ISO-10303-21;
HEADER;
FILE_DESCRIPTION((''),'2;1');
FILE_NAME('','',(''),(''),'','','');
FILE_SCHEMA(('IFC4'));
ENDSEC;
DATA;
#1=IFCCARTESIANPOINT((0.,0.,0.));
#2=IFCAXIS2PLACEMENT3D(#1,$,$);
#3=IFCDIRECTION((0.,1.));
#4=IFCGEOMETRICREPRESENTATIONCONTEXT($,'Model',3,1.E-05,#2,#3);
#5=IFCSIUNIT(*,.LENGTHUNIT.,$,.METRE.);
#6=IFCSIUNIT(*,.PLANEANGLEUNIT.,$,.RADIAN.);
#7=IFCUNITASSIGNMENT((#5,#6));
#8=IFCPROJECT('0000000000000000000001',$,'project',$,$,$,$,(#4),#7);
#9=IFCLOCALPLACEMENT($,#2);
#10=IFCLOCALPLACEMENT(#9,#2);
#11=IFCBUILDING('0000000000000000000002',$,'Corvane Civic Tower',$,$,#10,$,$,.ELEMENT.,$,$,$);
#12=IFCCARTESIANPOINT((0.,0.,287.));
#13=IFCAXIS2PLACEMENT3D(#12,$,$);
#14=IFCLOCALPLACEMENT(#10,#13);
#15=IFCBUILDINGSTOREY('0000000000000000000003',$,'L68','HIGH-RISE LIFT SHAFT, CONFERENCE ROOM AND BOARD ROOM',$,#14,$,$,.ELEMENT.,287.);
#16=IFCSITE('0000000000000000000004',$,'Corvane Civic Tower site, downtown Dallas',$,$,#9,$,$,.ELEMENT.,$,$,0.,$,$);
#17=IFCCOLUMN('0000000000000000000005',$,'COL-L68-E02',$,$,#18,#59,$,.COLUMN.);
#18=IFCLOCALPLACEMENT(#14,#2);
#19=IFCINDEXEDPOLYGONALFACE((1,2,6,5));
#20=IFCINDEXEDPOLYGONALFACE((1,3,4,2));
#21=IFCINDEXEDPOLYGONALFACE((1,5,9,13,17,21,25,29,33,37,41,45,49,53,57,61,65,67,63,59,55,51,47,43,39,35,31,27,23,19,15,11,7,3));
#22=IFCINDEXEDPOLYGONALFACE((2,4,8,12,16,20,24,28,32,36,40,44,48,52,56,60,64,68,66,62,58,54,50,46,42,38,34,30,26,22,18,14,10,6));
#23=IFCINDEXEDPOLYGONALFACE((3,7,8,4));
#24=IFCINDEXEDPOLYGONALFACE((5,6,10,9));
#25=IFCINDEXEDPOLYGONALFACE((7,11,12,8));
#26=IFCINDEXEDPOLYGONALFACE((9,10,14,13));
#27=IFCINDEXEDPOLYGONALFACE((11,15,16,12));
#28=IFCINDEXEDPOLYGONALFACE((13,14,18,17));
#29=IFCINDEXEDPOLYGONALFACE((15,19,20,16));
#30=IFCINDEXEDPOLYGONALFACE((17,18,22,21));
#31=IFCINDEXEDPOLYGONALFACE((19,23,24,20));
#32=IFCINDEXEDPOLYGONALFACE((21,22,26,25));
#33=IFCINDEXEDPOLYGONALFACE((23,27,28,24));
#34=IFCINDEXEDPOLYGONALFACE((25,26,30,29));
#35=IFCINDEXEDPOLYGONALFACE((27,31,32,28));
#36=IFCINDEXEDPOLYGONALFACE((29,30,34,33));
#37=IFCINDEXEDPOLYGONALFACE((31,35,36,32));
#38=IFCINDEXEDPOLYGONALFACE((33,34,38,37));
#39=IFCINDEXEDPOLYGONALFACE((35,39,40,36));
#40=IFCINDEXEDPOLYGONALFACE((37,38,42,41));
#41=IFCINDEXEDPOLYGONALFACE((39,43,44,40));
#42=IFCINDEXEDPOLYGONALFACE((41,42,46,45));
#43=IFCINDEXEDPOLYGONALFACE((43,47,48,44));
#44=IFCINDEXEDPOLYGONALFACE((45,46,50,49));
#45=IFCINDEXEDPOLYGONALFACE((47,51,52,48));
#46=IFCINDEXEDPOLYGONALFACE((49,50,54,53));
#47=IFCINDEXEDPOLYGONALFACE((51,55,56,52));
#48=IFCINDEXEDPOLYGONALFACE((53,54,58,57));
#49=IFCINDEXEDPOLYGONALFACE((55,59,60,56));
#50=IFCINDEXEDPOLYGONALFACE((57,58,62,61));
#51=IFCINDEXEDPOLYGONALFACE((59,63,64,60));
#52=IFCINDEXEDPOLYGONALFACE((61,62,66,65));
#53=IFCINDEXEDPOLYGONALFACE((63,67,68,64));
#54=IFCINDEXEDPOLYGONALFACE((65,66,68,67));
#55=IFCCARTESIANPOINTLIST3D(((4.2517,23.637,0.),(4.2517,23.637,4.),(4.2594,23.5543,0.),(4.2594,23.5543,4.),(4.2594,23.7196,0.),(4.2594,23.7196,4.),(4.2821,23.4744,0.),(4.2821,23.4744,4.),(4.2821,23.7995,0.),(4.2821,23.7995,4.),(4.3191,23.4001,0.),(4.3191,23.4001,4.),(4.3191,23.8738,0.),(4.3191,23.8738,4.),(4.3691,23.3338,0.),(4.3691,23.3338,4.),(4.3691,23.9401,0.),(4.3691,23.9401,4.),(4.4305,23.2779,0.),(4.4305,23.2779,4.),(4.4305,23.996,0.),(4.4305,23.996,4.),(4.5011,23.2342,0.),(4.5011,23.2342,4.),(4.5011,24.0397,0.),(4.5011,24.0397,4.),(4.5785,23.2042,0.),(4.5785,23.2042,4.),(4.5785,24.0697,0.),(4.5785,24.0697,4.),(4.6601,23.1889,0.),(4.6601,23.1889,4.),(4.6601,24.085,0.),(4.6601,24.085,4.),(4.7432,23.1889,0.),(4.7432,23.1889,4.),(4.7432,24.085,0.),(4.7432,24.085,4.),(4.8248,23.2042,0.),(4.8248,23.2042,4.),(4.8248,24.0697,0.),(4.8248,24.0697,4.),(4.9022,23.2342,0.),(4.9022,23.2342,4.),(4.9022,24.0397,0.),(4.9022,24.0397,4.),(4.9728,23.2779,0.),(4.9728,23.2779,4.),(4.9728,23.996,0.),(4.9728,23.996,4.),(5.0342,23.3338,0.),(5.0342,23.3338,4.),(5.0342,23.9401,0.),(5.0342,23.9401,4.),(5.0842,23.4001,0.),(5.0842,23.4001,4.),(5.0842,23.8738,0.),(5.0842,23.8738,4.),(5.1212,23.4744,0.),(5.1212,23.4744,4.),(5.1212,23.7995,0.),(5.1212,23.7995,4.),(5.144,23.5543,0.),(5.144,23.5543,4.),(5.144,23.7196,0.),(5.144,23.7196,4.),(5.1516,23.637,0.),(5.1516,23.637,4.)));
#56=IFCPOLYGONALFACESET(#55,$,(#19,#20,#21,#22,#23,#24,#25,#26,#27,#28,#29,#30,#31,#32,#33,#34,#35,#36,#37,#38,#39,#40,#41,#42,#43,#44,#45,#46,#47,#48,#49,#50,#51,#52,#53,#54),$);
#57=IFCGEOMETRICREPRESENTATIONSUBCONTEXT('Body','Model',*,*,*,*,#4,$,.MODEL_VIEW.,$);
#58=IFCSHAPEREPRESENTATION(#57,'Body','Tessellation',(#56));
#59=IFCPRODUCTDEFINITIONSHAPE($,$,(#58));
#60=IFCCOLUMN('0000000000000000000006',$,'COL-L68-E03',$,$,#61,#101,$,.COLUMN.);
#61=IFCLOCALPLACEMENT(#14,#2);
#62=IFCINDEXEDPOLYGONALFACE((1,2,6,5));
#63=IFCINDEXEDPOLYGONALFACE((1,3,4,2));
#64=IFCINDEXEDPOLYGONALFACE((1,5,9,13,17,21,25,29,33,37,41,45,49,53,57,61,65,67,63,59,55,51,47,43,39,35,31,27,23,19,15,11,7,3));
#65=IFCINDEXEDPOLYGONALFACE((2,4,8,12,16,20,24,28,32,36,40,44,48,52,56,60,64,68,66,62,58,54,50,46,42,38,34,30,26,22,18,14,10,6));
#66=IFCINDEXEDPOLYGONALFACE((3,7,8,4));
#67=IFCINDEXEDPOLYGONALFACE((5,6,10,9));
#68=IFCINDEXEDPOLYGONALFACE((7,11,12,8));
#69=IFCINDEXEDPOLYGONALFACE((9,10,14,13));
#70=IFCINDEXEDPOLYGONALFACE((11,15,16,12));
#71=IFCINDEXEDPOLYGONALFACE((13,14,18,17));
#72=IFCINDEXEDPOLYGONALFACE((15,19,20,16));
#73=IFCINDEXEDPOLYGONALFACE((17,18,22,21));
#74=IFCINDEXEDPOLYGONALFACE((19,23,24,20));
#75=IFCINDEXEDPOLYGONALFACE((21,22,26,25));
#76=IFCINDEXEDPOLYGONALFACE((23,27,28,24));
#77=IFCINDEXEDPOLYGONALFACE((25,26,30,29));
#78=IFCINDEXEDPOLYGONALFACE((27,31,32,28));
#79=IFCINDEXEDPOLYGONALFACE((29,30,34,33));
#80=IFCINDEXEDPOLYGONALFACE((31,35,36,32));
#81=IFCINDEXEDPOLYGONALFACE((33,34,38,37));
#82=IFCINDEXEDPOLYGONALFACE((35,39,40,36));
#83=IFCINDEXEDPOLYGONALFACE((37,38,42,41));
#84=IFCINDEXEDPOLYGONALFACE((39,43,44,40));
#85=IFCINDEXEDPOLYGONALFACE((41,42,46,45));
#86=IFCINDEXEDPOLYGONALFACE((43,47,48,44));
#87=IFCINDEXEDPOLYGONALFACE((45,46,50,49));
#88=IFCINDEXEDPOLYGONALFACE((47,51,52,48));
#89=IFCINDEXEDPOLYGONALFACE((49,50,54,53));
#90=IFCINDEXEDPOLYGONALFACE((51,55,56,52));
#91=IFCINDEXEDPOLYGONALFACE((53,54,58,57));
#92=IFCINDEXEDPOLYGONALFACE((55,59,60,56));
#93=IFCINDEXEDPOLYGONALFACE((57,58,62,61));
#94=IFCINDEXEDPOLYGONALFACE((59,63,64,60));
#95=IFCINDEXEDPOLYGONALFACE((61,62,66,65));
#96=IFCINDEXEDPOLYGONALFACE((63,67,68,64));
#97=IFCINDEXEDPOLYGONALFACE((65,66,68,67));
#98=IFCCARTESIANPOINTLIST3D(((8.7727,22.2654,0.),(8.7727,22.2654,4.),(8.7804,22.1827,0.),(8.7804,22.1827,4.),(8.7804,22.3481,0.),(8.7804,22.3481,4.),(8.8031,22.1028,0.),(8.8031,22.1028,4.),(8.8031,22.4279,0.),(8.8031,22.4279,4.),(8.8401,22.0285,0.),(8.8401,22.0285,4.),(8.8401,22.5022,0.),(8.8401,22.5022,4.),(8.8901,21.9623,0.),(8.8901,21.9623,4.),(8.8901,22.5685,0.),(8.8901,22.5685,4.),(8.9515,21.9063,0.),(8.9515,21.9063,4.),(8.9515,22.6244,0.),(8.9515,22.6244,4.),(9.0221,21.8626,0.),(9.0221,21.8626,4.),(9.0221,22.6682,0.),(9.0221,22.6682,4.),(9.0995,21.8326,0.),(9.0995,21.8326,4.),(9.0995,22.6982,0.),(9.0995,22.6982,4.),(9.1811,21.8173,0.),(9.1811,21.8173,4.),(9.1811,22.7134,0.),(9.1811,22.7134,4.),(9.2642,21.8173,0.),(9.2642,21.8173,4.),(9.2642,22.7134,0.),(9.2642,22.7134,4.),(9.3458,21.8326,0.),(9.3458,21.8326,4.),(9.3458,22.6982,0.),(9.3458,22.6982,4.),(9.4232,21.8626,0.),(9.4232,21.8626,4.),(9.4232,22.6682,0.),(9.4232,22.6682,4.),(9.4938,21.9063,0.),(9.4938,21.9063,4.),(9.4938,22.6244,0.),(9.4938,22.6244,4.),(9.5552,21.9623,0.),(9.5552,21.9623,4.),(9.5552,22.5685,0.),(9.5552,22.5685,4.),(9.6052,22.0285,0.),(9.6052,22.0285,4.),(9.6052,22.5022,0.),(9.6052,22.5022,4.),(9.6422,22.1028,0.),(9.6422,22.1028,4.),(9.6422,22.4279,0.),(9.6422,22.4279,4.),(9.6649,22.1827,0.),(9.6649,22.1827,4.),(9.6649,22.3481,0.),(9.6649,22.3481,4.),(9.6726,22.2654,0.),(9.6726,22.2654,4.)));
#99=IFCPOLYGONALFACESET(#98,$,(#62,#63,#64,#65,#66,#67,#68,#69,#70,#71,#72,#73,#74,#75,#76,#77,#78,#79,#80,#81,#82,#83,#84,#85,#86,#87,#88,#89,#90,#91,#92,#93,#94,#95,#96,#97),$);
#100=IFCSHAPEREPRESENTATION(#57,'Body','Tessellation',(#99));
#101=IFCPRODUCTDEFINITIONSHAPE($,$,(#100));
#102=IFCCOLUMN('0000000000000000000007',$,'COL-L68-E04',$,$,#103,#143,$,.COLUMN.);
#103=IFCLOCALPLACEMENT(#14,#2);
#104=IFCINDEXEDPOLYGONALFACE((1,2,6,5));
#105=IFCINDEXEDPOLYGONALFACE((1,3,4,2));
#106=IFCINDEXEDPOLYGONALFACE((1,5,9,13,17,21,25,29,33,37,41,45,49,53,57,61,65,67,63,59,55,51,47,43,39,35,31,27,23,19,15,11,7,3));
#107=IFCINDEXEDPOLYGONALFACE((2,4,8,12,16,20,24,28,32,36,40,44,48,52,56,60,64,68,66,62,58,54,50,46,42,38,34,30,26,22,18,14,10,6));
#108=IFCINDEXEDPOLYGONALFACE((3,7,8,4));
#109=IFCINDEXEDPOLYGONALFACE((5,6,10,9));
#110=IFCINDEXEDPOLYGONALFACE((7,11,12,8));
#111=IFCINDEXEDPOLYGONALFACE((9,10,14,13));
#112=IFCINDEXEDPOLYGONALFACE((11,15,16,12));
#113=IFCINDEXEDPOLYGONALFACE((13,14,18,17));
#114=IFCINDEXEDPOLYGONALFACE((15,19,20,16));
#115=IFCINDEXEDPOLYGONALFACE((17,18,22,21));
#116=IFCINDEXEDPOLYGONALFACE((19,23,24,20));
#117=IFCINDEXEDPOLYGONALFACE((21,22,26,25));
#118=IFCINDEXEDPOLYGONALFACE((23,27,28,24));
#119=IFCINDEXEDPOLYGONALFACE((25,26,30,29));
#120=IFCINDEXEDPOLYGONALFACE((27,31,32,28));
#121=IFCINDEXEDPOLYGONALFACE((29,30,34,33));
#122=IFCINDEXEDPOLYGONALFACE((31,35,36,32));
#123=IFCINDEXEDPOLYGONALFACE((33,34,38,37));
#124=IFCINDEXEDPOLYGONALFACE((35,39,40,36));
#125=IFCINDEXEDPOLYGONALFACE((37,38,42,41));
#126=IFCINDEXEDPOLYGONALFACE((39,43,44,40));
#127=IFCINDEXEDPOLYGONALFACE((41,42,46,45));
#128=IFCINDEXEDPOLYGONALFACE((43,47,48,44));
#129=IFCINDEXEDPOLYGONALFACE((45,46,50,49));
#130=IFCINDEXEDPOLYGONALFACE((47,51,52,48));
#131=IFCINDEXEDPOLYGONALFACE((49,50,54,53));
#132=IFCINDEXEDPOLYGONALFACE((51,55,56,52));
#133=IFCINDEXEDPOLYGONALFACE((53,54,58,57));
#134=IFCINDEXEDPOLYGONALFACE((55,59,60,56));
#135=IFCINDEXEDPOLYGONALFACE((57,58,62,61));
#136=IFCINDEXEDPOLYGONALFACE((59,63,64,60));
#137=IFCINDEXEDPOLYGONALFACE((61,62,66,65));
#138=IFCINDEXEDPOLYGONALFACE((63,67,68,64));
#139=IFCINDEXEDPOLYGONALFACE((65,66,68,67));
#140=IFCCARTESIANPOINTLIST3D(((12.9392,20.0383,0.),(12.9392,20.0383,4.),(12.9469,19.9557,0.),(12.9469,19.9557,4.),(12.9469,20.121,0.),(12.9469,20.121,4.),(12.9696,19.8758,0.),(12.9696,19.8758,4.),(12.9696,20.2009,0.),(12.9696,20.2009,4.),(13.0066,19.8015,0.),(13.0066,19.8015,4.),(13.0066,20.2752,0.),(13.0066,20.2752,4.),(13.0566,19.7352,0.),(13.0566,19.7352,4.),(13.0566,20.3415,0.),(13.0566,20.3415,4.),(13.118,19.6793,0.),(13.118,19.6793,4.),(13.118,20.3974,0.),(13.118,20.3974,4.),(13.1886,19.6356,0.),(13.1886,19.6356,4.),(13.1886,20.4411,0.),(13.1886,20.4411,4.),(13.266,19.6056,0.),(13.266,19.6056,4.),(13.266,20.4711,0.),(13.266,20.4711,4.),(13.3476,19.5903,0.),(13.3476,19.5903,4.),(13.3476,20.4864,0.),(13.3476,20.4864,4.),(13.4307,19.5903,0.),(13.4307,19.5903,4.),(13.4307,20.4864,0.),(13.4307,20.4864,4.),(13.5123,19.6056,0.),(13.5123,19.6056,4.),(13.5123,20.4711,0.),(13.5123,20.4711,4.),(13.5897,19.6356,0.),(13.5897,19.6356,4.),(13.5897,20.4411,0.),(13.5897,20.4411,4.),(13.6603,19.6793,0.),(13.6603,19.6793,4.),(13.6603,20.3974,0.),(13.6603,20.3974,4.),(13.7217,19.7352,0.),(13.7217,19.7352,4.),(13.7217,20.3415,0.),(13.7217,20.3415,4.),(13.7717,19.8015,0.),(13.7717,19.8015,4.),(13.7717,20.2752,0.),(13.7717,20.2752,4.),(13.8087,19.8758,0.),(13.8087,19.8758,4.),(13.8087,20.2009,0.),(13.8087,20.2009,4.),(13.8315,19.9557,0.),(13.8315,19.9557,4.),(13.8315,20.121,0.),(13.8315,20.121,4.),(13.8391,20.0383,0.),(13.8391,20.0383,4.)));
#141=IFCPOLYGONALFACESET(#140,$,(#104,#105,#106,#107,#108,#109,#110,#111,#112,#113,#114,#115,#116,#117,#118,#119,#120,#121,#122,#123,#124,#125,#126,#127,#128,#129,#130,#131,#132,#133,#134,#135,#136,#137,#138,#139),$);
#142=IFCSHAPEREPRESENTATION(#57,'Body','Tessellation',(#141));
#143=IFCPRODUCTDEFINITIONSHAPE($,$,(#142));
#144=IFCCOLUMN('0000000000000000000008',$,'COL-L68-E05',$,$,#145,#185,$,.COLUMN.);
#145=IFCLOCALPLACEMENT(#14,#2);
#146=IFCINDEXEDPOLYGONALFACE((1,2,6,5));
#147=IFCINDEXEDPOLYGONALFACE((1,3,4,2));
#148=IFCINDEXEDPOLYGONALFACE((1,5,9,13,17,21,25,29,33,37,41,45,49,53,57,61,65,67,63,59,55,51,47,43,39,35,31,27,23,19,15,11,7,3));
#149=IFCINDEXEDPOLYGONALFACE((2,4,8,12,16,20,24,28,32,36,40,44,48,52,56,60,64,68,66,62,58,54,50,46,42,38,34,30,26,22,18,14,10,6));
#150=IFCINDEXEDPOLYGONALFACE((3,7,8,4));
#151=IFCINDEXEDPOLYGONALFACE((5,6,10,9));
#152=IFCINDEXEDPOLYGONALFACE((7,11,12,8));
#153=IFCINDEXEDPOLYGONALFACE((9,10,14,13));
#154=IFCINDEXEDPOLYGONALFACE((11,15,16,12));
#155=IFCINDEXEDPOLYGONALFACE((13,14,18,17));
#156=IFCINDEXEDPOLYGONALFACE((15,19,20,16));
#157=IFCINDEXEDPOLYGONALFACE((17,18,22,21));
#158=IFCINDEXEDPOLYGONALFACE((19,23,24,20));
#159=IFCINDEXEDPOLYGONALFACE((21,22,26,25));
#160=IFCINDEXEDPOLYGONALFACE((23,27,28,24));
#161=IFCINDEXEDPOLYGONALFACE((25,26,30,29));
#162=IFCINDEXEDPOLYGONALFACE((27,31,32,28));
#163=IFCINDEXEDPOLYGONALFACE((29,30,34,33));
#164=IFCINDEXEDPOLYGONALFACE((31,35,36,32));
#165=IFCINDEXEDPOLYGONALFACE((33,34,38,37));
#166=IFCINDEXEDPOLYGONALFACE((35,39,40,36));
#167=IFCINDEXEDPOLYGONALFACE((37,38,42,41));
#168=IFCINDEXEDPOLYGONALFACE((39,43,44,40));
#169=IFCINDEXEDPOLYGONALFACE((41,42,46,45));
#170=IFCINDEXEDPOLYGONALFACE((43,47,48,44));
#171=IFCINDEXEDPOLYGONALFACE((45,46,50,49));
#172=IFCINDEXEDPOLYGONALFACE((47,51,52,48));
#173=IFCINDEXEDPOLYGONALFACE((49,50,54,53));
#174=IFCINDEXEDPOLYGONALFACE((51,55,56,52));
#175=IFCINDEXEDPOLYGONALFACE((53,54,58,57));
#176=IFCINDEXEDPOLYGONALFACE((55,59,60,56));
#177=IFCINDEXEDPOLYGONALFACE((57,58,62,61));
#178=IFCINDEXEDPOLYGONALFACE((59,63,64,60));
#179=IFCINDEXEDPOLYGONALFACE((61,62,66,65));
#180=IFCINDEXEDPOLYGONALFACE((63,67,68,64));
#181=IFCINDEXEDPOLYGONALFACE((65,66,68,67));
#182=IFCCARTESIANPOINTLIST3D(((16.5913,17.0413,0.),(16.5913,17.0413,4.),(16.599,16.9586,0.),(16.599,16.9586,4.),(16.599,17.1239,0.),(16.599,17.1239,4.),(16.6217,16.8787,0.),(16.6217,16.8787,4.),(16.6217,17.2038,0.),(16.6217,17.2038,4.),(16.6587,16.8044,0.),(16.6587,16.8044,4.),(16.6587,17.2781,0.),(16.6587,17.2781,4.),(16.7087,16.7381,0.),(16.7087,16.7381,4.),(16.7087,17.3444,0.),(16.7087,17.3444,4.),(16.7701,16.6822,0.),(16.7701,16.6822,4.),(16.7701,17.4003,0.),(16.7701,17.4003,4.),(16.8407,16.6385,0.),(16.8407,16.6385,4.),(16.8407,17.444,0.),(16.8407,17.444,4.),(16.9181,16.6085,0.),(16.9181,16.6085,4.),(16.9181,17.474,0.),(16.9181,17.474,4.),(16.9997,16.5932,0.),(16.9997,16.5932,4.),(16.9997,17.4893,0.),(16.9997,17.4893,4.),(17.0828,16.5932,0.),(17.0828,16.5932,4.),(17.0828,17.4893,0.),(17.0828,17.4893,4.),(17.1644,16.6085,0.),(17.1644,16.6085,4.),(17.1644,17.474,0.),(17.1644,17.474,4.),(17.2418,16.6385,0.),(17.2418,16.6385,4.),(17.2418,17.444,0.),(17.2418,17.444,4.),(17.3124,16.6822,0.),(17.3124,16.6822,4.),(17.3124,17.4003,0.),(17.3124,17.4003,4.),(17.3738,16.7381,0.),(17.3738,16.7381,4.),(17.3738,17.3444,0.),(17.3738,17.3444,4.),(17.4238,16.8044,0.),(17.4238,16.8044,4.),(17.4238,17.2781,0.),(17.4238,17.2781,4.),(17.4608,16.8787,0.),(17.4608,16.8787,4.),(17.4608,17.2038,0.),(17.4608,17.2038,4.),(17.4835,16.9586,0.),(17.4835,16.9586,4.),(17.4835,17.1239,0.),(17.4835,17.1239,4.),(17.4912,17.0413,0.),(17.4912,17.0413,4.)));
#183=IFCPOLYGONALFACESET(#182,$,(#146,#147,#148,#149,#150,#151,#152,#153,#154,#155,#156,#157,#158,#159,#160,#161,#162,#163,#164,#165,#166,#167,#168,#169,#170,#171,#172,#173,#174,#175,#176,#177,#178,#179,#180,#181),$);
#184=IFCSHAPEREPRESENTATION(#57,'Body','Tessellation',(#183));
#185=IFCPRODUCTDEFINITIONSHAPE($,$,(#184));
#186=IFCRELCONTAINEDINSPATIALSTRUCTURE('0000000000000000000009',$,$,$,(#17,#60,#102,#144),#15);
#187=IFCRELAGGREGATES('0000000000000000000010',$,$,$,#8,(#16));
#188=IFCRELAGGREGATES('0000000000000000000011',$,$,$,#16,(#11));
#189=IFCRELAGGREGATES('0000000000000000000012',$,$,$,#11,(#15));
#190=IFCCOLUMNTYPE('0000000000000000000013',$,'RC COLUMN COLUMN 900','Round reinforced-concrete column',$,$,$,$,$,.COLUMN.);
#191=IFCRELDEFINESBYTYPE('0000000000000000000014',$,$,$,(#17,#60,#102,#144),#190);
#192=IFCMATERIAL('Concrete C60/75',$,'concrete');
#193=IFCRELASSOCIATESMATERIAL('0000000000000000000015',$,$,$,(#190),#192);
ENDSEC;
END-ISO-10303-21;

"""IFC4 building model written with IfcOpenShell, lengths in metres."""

from ifc_helpers import new_model, si_unit, direction, frame, origin, origin_2d, place, context, subcontext, project, spatial, circle, extrude, material, material_profile, profile_set, type_object, element, save


model = new_model("IFC4")

# Units and contexts
model_context = context("Model", 3, precision=1e-05, world=origin(), true_north=direction((0.0, 1.0)))
body_context = subcontext(model_context, "Body", "Model", "MODEL_VIEW")
ifc_project = project(units=[si_unit("LENGTHUNIT", "METRE"), si_unit("PLANEANGLEUNIT", "RADIAN")], contexts=[model_context])

# Site, building, storey
site_placement = place(None, origin())
site = spatial("IfcSite", under=ifc_project, at=site_placement, Name="Corvane Civic Tower site, downtown Dallas", CompositionType="ELEMENT", RefElevation=0.0)
building_placement = place(site_placement, origin())
building = spatial("IfcBuilding", under=site, at=building_placement, Name="Corvane Civic Tower", CompositionType="ELEMENT")
storey_placement = place(building_placement, frame((0.0, 0.0, 287.0)))
storey = spatial("IfcBuildingStorey", under=building, at=storey_placement, Name="L68", Description="HIGH-RISE LIFT SHAFT, CONFERENCE ROOM AND BOARD ROOM", CompositionType="ELEMENT", Elevation=287.0)

# Columns
ifc_material_1 = material(Name="Concrete C60/75", Category="concrete")
ifc_material_profile_1 = material_profile(ifc_material_1, circle(Radius=0.45, at=origin_2d()), Name="COLUMN 900")
ifc_profile_set_1 = profile_set([ifc_material_profile_1], Name="Concrete C60/75")
column_type = type_object("IfcColumnType", Name="RC COLUMN COLUMN 900", Description="Round reinforced-concrete column", PredefinedType="COLUMN", material=ifc_profile_set_1)
for number, where, z_axis, x_axis, name in (
    (1, (4.7017, 23.637, 0.0), (0.0, 0.0, 1.0), (1.0, 0.0, 0.0), "COL-L68-E02"),
    (2, (9.2227, 22.2654, 0.0), (0.0, 0.0, 1.0), (1.0, 0.0, 0.0), "COL-L68-E03"),
    (3, (13.3892, 20.0383, 0.0), (0.0, 0.0, 1.0), (1.0, 0.0, 0.0), "COL-L68-E04"),
    (4, (17.0413, 17.0413, 0.0), (0.0, 0.0, 1.0), (1.0, 0.0, 0.0), "COL-L68-E05"),
):
    element("IfcColumn", number, at=place(storey_placement, frame(where, z_axis=z_axis, x_axis=x_axis)), inside=storey, type_object=column_type, Name=name, PredefinedType="COLUMN", context=body_context, shape_type="SweptSolid", body=[
        extrude(circle(Radius=0.45, at=origin_2d()), origin(), (0.0, 0.0, 1.0), 4.0),
    ])

save(model, "model.ifc")
